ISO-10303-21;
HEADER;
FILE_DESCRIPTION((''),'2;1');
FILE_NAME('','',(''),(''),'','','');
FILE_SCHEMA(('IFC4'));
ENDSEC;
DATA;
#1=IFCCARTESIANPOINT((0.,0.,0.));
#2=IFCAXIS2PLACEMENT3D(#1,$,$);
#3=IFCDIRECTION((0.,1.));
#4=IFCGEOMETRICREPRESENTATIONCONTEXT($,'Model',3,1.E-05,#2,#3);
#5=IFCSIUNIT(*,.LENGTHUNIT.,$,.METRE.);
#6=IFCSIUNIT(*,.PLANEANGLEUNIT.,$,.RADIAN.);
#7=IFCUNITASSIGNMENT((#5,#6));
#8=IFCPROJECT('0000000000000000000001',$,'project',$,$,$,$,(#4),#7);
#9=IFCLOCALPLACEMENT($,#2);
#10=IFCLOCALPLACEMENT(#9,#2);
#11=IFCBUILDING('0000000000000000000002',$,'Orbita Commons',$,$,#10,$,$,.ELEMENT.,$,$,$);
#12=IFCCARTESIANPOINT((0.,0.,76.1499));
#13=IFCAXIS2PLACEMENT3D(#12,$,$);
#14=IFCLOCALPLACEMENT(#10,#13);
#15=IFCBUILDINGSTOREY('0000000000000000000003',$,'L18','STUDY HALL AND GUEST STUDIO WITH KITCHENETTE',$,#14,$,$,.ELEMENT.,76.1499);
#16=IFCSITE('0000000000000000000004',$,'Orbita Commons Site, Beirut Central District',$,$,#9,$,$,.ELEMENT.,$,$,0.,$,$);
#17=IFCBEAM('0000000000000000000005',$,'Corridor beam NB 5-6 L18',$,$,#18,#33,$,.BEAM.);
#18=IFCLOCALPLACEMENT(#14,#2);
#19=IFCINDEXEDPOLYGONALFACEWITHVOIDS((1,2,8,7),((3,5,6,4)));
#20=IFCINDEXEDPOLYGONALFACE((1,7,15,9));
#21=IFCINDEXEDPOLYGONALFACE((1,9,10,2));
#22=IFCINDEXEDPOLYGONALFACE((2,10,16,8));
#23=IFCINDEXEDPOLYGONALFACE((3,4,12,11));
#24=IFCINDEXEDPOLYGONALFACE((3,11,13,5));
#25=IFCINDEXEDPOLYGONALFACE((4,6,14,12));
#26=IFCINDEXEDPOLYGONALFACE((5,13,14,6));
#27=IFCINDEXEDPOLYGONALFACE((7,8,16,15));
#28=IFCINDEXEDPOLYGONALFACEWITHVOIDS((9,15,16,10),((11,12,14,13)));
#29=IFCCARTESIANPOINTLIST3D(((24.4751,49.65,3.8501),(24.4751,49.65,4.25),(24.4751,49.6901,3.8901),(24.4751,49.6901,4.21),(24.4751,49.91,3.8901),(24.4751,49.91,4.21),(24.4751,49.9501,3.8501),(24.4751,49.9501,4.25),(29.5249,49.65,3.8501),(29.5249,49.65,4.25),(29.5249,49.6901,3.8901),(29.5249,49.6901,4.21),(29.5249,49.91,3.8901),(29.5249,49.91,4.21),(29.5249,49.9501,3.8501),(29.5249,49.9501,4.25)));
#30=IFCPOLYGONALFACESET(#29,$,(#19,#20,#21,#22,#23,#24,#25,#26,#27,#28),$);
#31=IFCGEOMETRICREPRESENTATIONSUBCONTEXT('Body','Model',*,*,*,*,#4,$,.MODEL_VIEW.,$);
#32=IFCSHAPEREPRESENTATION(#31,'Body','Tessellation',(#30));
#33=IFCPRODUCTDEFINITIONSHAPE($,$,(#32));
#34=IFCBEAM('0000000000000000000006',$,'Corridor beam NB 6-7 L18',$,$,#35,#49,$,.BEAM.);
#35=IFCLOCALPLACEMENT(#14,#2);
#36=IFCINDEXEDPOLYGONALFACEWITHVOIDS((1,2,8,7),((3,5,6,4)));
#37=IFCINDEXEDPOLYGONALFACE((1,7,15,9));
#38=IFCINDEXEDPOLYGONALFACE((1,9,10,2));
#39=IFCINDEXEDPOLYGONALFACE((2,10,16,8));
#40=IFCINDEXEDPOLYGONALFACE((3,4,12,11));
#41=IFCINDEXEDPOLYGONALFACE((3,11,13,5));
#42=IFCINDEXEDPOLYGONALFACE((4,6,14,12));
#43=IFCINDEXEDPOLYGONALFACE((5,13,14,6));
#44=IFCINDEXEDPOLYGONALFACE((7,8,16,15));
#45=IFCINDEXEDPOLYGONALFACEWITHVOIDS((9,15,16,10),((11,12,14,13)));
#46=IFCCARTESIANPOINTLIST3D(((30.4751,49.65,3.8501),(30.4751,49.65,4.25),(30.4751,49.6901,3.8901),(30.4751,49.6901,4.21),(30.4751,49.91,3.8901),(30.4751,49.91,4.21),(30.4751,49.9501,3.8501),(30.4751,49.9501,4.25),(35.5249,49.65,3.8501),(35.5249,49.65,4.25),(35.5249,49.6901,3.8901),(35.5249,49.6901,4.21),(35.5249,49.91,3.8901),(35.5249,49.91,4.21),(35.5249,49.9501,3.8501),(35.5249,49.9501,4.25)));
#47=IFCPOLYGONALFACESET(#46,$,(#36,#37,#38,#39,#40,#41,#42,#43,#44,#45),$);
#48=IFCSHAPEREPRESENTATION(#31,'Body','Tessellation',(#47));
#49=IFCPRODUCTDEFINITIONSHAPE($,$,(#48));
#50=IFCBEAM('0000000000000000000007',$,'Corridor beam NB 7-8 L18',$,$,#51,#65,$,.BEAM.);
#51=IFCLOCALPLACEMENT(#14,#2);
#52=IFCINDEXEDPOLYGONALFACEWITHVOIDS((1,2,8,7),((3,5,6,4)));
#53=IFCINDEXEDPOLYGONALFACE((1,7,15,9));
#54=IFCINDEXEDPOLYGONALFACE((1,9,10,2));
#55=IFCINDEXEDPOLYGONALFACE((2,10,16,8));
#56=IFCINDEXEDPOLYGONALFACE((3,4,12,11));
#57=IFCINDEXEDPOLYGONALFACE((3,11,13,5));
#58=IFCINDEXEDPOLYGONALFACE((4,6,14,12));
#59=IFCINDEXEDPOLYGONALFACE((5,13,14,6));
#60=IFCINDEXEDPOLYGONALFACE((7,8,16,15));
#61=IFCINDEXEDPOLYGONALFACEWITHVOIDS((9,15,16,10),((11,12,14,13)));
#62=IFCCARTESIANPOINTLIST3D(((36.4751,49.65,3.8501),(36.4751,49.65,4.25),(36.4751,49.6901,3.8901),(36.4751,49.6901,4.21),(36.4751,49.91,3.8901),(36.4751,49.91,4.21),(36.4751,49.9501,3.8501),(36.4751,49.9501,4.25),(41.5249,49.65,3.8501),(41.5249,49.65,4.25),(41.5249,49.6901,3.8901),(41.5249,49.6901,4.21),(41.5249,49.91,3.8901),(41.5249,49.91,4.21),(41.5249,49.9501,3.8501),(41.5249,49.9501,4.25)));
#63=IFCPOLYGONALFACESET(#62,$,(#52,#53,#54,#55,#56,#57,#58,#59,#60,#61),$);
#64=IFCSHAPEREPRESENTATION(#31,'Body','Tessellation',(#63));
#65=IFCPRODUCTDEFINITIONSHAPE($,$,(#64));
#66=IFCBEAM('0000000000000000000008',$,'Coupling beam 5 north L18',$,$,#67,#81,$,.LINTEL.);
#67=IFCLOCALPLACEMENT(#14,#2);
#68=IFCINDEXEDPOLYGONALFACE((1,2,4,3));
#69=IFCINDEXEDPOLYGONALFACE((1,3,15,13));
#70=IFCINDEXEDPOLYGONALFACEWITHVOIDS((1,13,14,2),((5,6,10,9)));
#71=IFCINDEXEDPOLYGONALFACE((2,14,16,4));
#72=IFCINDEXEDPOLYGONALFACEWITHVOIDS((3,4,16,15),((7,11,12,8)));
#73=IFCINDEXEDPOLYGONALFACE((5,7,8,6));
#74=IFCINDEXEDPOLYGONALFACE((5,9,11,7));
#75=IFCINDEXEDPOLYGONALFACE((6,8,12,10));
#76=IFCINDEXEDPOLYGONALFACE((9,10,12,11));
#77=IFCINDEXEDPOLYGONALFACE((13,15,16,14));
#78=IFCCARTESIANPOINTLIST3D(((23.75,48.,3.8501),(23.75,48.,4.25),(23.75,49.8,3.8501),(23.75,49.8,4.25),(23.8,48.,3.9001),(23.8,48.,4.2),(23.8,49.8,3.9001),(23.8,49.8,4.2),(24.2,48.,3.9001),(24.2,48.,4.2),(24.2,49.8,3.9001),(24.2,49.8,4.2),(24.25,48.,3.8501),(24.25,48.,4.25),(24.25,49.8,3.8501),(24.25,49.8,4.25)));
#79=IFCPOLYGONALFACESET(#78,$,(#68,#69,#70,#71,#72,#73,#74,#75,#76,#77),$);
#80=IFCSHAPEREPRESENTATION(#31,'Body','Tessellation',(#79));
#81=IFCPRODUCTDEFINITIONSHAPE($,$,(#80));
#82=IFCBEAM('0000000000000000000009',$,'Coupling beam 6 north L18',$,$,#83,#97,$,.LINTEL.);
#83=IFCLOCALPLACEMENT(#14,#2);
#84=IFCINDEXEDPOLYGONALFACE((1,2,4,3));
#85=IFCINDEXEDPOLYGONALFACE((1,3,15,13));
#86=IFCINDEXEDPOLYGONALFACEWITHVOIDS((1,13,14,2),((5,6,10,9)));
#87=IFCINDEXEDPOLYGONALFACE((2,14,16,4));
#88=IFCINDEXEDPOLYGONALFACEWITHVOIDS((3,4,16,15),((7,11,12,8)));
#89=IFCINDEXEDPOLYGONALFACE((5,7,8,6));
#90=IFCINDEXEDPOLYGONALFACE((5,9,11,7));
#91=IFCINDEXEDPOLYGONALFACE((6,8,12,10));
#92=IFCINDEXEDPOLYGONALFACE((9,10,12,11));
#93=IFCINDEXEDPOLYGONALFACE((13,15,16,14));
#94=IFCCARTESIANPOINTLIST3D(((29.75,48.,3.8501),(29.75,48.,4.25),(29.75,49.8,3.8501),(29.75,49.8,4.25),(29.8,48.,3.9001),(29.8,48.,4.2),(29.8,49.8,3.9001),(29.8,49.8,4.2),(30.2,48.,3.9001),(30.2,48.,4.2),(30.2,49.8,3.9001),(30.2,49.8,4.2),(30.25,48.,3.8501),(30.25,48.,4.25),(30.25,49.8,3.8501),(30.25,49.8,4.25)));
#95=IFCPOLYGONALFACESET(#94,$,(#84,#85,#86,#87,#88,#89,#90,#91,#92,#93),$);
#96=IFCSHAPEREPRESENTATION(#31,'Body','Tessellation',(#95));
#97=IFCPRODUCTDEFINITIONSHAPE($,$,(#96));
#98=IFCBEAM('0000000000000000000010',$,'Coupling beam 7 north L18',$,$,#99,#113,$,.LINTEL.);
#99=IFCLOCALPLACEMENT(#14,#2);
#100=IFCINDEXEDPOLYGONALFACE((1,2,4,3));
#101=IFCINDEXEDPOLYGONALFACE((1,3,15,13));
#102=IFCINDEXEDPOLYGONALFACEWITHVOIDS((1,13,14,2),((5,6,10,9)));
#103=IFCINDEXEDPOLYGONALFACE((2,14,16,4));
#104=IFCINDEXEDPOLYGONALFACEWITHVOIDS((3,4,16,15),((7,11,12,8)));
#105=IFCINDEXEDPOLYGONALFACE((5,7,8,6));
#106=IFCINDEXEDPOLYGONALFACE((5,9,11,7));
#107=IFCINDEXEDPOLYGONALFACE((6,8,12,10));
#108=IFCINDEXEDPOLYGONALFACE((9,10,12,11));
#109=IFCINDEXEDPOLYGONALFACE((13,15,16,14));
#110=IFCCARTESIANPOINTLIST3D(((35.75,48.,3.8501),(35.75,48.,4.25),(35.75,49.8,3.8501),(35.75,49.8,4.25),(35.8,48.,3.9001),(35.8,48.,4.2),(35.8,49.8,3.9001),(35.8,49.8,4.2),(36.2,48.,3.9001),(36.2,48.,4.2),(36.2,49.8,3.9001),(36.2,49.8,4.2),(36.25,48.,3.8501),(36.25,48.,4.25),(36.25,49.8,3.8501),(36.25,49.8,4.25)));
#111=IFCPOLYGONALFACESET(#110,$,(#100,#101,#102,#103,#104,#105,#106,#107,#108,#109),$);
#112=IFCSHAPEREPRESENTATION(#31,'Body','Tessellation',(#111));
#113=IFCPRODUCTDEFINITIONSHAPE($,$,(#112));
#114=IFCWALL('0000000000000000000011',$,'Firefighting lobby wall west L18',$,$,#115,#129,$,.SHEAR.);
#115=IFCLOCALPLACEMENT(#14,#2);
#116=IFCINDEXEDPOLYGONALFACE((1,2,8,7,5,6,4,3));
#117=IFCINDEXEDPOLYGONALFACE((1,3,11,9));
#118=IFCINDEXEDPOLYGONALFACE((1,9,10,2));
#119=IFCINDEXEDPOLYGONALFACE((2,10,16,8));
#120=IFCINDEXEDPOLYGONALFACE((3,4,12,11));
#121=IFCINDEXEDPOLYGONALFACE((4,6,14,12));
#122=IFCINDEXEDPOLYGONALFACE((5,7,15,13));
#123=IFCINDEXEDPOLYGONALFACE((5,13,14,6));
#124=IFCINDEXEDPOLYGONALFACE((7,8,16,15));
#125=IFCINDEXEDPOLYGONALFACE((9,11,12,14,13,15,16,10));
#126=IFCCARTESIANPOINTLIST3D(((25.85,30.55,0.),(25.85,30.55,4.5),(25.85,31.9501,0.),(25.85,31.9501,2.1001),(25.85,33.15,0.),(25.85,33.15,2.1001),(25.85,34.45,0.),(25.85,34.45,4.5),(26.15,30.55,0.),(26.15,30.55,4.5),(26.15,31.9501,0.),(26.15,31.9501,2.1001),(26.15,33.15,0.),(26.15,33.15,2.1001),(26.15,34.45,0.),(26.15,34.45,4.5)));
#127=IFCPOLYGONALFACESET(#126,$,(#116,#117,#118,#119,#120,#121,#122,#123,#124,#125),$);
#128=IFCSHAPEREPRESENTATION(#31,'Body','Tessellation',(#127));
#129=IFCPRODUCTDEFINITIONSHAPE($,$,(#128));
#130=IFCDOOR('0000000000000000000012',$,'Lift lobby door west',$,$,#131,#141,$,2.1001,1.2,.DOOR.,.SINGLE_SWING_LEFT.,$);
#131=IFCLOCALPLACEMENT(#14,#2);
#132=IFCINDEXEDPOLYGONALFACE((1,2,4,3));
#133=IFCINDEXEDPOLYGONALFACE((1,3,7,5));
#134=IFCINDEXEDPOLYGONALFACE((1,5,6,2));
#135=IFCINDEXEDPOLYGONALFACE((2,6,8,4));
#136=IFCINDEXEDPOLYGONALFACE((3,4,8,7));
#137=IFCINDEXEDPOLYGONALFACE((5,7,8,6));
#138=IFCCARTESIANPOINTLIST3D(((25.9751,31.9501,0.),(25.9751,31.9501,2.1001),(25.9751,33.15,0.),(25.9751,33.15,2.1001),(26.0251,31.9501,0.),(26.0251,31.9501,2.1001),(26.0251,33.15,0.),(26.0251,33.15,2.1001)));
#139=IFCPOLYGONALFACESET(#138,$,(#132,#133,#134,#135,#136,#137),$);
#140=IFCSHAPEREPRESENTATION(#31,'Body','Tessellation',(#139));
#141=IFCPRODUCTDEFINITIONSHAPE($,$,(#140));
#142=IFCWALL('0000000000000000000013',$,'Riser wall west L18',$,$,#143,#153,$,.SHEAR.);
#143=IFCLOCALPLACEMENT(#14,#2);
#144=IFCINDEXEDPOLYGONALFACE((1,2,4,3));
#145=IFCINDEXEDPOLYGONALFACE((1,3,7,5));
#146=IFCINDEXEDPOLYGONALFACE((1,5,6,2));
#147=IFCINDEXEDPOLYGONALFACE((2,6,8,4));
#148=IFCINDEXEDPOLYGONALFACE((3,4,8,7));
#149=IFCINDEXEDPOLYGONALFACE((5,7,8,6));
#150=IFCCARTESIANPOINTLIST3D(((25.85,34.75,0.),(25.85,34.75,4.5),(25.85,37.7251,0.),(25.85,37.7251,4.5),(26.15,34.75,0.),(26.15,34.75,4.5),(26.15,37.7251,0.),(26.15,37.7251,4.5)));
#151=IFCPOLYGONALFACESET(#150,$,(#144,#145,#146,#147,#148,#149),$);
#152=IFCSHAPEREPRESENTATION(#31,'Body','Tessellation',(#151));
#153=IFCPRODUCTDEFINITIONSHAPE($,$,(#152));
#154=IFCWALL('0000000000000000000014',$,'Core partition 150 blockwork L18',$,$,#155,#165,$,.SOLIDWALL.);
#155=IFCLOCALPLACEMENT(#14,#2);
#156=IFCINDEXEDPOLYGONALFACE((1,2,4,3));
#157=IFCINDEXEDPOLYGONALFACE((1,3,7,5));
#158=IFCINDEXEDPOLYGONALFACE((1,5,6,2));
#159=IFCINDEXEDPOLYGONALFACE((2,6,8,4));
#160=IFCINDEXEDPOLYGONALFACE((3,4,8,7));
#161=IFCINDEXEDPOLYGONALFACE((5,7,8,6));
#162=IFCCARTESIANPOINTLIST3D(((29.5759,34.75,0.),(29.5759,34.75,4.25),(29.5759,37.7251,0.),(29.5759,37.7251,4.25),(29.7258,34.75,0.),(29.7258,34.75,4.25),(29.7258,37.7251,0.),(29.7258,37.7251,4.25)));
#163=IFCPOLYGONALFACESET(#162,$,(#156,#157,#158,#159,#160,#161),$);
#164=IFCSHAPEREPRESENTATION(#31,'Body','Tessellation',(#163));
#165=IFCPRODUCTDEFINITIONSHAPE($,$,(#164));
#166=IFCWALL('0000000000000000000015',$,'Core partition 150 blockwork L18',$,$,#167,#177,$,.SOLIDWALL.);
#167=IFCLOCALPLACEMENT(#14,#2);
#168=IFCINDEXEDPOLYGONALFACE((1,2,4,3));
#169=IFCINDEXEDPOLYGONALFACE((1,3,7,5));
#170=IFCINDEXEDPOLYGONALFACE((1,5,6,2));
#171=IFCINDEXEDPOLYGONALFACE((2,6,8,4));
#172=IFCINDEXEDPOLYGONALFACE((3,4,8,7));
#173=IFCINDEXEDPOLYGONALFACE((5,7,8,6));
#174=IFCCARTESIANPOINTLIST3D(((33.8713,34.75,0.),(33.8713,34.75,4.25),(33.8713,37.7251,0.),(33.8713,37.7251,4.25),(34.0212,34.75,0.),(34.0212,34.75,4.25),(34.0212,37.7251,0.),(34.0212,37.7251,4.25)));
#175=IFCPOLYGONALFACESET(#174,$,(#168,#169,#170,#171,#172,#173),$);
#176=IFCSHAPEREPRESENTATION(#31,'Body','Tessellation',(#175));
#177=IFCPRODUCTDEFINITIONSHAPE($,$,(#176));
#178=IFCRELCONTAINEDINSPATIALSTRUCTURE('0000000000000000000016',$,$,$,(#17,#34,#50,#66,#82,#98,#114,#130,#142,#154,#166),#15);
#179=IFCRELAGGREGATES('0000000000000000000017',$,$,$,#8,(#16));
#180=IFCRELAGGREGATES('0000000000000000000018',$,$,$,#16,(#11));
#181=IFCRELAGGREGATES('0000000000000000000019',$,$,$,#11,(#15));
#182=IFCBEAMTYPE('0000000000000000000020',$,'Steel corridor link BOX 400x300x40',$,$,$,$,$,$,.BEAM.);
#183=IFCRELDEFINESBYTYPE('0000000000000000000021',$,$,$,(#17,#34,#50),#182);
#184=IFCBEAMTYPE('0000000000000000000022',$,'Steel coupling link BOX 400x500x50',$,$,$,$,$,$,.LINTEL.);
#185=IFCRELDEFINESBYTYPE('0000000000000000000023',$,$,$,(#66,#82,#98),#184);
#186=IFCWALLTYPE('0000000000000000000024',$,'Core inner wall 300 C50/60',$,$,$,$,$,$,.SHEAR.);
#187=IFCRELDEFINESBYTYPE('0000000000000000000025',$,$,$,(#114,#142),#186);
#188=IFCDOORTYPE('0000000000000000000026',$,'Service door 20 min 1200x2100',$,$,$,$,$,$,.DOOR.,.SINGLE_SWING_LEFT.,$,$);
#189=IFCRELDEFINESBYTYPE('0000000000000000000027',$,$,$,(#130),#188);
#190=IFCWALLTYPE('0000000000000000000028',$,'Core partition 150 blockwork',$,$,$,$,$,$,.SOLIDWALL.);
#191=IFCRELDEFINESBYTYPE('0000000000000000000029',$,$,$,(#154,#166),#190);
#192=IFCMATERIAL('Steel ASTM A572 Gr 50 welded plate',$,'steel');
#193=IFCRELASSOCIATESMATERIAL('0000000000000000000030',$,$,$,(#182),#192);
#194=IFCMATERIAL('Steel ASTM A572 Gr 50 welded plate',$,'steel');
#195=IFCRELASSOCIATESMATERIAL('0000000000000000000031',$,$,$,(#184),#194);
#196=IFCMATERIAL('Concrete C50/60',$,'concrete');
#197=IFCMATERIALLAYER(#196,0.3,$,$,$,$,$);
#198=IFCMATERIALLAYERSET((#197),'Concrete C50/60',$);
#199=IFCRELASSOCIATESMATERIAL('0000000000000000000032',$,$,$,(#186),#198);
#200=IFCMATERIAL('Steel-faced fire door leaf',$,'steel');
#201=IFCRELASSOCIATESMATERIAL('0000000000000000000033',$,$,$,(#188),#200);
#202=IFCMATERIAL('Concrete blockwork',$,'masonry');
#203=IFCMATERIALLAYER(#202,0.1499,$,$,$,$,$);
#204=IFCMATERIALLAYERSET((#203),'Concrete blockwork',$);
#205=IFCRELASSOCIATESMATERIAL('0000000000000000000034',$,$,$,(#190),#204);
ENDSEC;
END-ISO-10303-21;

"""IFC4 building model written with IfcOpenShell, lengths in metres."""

from ifc_helpers import new_model, si_unit, direction, frame, frame_2d, origin, origin_2d, place, context, subcontext, project, spatial, rectangle, hollow_rectangle, extrude, material, layer, layer_set, material_profile, profile_set, type_object, element, fill, save


model = new_model("IFC4")

# Units and contexts
model_context = context("Model", 3, precision=1e-05, world=origin(), true_north=direction((0.0, 1.0)))
body_context = subcontext(model_context, "Body", "Model", "MODEL_VIEW")
ifc_project = project(units=[si_unit("LENGTHUNIT", "METRE"), si_unit("PLANEANGLEUNIT", "RADIAN")], contexts=[model_context])

# Site, building, storey
site_placement = place(None, origin())
site = spatial("IfcSite", under=ifc_project, at=site_placement, Name="Orbita Commons Site, Beirut Central District", CompositionType="ELEMENT", RefElevation=0.0)
building_placement = place(site_placement, origin())
building = spatial("IfcBuilding", under=site, at=building_placement, Name="Orbita Commons", CompositionType="ELEMENT")
storey_placement = place(building_placement, frame((0.0, 0.0, 76.1499)))
storey = spatial("IfcBuildingStorey", under=building, at=storey_placement, Name="L18", Description="STUDY HALL AND GUEST STUDIO WITH KITCHENETTE", CompositionType="ELEMENT", Elevation=76.1499)

# Beams
ifc_material_1 = material(Name="Steel ASTM A572 Gr 50 welded plate", Category="steel")
ifc_material_profile_1 = material_profile(ifc_material_1, hollow_rectangle(XDim=0.3, YDim=0.3999, WallThickness=0.04, at=origin_2d()), Name="BOX 400x300x40")
ifc_profile_set_1 = profile_set([ifc_material_profile_1], Name="Steel ASTM A572 Gr 50 welded plate")
beam_type_1 = type_object("IfcBeamType", Name="Steel corridor link BOX 400x300x40", PredefinedType="BEAM", material=ifc_profile_set_1)
for number, where, z_axis, x_axis, name in (
    (1, (24.4751, 49.8, 4.05), (1.0, 0.0, 0.0), (0.0, 1.0, 0.0), "Corridor beam NB 5-6 L18"),
    (2, (30.4751, 49.8, 4.05), (1.0, 0.0, 0.0), (0.0, 1.0, 0.0), "Corridor beam NB 6-7 L18"),
    (3, (36.4751, 49.8, 4.05), (1.0, 0.0, 0.0), (0.0, 1.0, 0.0), "Corridor beam NB 7-8 L18"),
):
    element("IfcBeam", number, at=place(storey_placement, frame(where, z_axis=z_axis, x_axis=x_axis)), inside=storey, type_object=beam_type_1, Name=name, PredefinedType="BEAM", context=body_context, shape_type="SweptSolid", body=[
        extrude(hollow_rectangle(XDim=0.3, YDim=0.3999, WallThickness=0.04, at=origin_2d()), origin(), (0.0, 0.0, 1.0), 5.0498),
    ])
ifc_material_2 = material(Name="Steel ASTM A572 Gr 50 welded plate", Category="steel")
ifc_material_profile_2 = material_profile(ifc_material_2, hollow_rectangle(XDim=0.5, YDim=0.3999, WallThickness=0.05, at=origin_2d()), Name="BOX 400x500x50")
ifc_profile_set_2 = profile_set([ifc_material_profile_2], Name="Steel ASTM A572 Gr 50 welded plate")
beam_type_2 = type_object("IfcBeamType", Name="Steel coupling link BOX 400x500x50", PredefinedType="LINTEL", material=ifc_profile_set_2)
for number, where, z_axis, x_axis, name in (
    (4, (24.0, 48.0, 4.05), (0.0, 1.0, 0.0), (-1.0, 0.0, 0.0), "Coupling beam 5 north L18"),
    (5, (30.0, 48.0, 4.05), (0.0, 1.0, 0.0), (-1.0, 0.0, 0.0), "Coupling beam 6 north L18"),
    (6, (36.0, 48.0, 4.05), (0.0, 1.0, 0.0), (-1.0, 0.0, 0.0), "Coupling beam 7 north L18"),
):
    element("IfcBeam", number, at=place(storey_placement, frame(where, z_axis=z_axis, x_axis=x_axis)), inside=storey, type_object=beam_type_2, Name=name, PredefinedType="LINTEL", context=body_context, shape_type="SweptSolid", body=[
        extrude(hollow_rectangle(XDim=0.5, YDim=0.3999, WallThickness=0.05, at=origin_2d()), origin(), (0.0, 0.0, 1.0), 1.8),
    ])

# Wall, opening, door
ifc_material_3 = material(Name="Concrete C50/60", Category="concrete")
ifc_layer_1 = layer(ifc_material_3, 0.3)
ifc_layer_set_1 = layer_set([ifc_layer_1], Name="Concrete C50/60")
wall_type_1 = type_object("IfcWallType", Name="Core inner wall 300 C50/60", PredefinedType="SHEAR", material=ifc_layer_set_1)
wall_1_placement = place(storey_placement, frame((26.0, 30.55, 0.0), z_axis=(0.0, 0.0, 1.0), x_axis=(0.0, 1.0, 0.0)))
wall_1 = element("IfcWall", 7, at=wall_1_placement, inside=storey, type_object=wall_type_1, Name="Firefighting lobby wall west L18", PredefinedType="SHEAR", context=body_context, shape_type="SweptSolid", body=[
    extrude(rectangle(XDim=3.8999, YDim=0.3, at=frame_2d((1.95, 0.0))), origin(), (0.0, 0.0, 1.0), 4.5),
])
opening_1_placement = place(wall_1_placement, frame((1.3999, 0.0, 0.0)))
opening_1 = element("IfcOpeningElement", 8, at=opening_1_placement, cuts=wall_1, PredefinedType="OPENING", context=body_context, shape_type="SweptSolid", body=[
    extrude(rectangle(XDim=1.2, YDim=2.1001, at=frame_2d((0.6001, 1.05))), frame((0.0, 0.1599, 0.0), z_axis=(0.0, -1.0, 0.0), x_axis=(1.0, 0.0, 0.0)), (0.0, 0.0, 1.0), 0.3201),
])
ifc_material_4 = material(Name="Steel-faced fire door leaf", Category="steel")
door_type_1 = type_object("IfcDoorType", Name="Service door 20 min 1200x2100", OperationType="SINGLE_SWING_LEFT", PredefinedType="DOOR", material=ifc_material_4)
door_1_placement = place(opening_1_placement, origin())
door_1 = element("IfcDoor", 9, at=door_1_placement, inside=storey, type_object=door_type_1, Name="Lift lobby door west", OperationType="SINGLE_SWING_LEFT", OverallHeight=2.1001, OverallWidth=1.2, PredefinedType="DOOR", context=body_context, shape_type="SweptSolid", body=[
    extrude(rectangle(XDim=1.2, YDim=2.1001, at=frame_2d((0.6001, 1.05))), frame((0.0, 0.0249, 0.0), z_axis=(0.0, -1.0, 0.0), x_axis=(1.0, 0.0, 0.0)), (0.0, 0.0, 1.0), 0.05),
])
fill(opening_1, door_1)

# Walls
wall_2_placement = place(storey_placement, frame((26.0, 34.75, 0.0), z_axis=(0.0, 0.0, 1.0), x_axis=(0.0, 1.0, 0.0)))
element("IfcWall", 10, at=wall_2_placement, inside=storey, type_object=wall_type_1, Name="Riser wall west L18", PredefinedType="SHEAR", context=body_context, shape_type="SweptSolid", body=[
    extrude(rectangle(XDim=2.9751, YDim=0.3, at=frame_2d((1.4875, 0.0))), origin(), (0.0, 0.0, 1.0), 4.5),
])
ifc_material_5 = material(Name="Concrete blockwork", Category="masonry")
ifc_layer_2 = layer(ifc_material_5, 0.1499)
ifc_layer_set_2 = layer_set([ifc_layer_2], Name="Concrete blockwork")
wall_type_2 = type_object("IfcWallType", Name="Core partition 150 blockwork", PredefinedType="SOLIDWALL", material=ifc_layer_set_2)
for number, where, z_axis, x_axis, name in (
    (11, (29.6509, 34.75, 0.0), (0.0, 0.0, 1.0), (0.0, 1.0, 0.0), "Core partition 150 blockwork L18"),
    (12, (33.9463, 34.75, 0.0), (0.0, 0.0, 1.0), (0.0, 1.0, 0.0), "Core partition 150 blockwork L18"),
):
    element("IfcWall", number, at=place(storey_placement, frame(where, z_axis=z_axis, x_axis=x_axis)), inside=storey, type_object=wall_type_2, Name=name, PredefinedType="SOLIDWALL", context=body_context, shape_type="SweptSolid", body=[
        extrude(rectangle(XDim=2.9751, YDim=0.1499, at=frame_2d((1.4875, 0.0))), origin(), (0.0, 0.0, 1.0), 4.25),
    ])

save(model, "model.ifc")
